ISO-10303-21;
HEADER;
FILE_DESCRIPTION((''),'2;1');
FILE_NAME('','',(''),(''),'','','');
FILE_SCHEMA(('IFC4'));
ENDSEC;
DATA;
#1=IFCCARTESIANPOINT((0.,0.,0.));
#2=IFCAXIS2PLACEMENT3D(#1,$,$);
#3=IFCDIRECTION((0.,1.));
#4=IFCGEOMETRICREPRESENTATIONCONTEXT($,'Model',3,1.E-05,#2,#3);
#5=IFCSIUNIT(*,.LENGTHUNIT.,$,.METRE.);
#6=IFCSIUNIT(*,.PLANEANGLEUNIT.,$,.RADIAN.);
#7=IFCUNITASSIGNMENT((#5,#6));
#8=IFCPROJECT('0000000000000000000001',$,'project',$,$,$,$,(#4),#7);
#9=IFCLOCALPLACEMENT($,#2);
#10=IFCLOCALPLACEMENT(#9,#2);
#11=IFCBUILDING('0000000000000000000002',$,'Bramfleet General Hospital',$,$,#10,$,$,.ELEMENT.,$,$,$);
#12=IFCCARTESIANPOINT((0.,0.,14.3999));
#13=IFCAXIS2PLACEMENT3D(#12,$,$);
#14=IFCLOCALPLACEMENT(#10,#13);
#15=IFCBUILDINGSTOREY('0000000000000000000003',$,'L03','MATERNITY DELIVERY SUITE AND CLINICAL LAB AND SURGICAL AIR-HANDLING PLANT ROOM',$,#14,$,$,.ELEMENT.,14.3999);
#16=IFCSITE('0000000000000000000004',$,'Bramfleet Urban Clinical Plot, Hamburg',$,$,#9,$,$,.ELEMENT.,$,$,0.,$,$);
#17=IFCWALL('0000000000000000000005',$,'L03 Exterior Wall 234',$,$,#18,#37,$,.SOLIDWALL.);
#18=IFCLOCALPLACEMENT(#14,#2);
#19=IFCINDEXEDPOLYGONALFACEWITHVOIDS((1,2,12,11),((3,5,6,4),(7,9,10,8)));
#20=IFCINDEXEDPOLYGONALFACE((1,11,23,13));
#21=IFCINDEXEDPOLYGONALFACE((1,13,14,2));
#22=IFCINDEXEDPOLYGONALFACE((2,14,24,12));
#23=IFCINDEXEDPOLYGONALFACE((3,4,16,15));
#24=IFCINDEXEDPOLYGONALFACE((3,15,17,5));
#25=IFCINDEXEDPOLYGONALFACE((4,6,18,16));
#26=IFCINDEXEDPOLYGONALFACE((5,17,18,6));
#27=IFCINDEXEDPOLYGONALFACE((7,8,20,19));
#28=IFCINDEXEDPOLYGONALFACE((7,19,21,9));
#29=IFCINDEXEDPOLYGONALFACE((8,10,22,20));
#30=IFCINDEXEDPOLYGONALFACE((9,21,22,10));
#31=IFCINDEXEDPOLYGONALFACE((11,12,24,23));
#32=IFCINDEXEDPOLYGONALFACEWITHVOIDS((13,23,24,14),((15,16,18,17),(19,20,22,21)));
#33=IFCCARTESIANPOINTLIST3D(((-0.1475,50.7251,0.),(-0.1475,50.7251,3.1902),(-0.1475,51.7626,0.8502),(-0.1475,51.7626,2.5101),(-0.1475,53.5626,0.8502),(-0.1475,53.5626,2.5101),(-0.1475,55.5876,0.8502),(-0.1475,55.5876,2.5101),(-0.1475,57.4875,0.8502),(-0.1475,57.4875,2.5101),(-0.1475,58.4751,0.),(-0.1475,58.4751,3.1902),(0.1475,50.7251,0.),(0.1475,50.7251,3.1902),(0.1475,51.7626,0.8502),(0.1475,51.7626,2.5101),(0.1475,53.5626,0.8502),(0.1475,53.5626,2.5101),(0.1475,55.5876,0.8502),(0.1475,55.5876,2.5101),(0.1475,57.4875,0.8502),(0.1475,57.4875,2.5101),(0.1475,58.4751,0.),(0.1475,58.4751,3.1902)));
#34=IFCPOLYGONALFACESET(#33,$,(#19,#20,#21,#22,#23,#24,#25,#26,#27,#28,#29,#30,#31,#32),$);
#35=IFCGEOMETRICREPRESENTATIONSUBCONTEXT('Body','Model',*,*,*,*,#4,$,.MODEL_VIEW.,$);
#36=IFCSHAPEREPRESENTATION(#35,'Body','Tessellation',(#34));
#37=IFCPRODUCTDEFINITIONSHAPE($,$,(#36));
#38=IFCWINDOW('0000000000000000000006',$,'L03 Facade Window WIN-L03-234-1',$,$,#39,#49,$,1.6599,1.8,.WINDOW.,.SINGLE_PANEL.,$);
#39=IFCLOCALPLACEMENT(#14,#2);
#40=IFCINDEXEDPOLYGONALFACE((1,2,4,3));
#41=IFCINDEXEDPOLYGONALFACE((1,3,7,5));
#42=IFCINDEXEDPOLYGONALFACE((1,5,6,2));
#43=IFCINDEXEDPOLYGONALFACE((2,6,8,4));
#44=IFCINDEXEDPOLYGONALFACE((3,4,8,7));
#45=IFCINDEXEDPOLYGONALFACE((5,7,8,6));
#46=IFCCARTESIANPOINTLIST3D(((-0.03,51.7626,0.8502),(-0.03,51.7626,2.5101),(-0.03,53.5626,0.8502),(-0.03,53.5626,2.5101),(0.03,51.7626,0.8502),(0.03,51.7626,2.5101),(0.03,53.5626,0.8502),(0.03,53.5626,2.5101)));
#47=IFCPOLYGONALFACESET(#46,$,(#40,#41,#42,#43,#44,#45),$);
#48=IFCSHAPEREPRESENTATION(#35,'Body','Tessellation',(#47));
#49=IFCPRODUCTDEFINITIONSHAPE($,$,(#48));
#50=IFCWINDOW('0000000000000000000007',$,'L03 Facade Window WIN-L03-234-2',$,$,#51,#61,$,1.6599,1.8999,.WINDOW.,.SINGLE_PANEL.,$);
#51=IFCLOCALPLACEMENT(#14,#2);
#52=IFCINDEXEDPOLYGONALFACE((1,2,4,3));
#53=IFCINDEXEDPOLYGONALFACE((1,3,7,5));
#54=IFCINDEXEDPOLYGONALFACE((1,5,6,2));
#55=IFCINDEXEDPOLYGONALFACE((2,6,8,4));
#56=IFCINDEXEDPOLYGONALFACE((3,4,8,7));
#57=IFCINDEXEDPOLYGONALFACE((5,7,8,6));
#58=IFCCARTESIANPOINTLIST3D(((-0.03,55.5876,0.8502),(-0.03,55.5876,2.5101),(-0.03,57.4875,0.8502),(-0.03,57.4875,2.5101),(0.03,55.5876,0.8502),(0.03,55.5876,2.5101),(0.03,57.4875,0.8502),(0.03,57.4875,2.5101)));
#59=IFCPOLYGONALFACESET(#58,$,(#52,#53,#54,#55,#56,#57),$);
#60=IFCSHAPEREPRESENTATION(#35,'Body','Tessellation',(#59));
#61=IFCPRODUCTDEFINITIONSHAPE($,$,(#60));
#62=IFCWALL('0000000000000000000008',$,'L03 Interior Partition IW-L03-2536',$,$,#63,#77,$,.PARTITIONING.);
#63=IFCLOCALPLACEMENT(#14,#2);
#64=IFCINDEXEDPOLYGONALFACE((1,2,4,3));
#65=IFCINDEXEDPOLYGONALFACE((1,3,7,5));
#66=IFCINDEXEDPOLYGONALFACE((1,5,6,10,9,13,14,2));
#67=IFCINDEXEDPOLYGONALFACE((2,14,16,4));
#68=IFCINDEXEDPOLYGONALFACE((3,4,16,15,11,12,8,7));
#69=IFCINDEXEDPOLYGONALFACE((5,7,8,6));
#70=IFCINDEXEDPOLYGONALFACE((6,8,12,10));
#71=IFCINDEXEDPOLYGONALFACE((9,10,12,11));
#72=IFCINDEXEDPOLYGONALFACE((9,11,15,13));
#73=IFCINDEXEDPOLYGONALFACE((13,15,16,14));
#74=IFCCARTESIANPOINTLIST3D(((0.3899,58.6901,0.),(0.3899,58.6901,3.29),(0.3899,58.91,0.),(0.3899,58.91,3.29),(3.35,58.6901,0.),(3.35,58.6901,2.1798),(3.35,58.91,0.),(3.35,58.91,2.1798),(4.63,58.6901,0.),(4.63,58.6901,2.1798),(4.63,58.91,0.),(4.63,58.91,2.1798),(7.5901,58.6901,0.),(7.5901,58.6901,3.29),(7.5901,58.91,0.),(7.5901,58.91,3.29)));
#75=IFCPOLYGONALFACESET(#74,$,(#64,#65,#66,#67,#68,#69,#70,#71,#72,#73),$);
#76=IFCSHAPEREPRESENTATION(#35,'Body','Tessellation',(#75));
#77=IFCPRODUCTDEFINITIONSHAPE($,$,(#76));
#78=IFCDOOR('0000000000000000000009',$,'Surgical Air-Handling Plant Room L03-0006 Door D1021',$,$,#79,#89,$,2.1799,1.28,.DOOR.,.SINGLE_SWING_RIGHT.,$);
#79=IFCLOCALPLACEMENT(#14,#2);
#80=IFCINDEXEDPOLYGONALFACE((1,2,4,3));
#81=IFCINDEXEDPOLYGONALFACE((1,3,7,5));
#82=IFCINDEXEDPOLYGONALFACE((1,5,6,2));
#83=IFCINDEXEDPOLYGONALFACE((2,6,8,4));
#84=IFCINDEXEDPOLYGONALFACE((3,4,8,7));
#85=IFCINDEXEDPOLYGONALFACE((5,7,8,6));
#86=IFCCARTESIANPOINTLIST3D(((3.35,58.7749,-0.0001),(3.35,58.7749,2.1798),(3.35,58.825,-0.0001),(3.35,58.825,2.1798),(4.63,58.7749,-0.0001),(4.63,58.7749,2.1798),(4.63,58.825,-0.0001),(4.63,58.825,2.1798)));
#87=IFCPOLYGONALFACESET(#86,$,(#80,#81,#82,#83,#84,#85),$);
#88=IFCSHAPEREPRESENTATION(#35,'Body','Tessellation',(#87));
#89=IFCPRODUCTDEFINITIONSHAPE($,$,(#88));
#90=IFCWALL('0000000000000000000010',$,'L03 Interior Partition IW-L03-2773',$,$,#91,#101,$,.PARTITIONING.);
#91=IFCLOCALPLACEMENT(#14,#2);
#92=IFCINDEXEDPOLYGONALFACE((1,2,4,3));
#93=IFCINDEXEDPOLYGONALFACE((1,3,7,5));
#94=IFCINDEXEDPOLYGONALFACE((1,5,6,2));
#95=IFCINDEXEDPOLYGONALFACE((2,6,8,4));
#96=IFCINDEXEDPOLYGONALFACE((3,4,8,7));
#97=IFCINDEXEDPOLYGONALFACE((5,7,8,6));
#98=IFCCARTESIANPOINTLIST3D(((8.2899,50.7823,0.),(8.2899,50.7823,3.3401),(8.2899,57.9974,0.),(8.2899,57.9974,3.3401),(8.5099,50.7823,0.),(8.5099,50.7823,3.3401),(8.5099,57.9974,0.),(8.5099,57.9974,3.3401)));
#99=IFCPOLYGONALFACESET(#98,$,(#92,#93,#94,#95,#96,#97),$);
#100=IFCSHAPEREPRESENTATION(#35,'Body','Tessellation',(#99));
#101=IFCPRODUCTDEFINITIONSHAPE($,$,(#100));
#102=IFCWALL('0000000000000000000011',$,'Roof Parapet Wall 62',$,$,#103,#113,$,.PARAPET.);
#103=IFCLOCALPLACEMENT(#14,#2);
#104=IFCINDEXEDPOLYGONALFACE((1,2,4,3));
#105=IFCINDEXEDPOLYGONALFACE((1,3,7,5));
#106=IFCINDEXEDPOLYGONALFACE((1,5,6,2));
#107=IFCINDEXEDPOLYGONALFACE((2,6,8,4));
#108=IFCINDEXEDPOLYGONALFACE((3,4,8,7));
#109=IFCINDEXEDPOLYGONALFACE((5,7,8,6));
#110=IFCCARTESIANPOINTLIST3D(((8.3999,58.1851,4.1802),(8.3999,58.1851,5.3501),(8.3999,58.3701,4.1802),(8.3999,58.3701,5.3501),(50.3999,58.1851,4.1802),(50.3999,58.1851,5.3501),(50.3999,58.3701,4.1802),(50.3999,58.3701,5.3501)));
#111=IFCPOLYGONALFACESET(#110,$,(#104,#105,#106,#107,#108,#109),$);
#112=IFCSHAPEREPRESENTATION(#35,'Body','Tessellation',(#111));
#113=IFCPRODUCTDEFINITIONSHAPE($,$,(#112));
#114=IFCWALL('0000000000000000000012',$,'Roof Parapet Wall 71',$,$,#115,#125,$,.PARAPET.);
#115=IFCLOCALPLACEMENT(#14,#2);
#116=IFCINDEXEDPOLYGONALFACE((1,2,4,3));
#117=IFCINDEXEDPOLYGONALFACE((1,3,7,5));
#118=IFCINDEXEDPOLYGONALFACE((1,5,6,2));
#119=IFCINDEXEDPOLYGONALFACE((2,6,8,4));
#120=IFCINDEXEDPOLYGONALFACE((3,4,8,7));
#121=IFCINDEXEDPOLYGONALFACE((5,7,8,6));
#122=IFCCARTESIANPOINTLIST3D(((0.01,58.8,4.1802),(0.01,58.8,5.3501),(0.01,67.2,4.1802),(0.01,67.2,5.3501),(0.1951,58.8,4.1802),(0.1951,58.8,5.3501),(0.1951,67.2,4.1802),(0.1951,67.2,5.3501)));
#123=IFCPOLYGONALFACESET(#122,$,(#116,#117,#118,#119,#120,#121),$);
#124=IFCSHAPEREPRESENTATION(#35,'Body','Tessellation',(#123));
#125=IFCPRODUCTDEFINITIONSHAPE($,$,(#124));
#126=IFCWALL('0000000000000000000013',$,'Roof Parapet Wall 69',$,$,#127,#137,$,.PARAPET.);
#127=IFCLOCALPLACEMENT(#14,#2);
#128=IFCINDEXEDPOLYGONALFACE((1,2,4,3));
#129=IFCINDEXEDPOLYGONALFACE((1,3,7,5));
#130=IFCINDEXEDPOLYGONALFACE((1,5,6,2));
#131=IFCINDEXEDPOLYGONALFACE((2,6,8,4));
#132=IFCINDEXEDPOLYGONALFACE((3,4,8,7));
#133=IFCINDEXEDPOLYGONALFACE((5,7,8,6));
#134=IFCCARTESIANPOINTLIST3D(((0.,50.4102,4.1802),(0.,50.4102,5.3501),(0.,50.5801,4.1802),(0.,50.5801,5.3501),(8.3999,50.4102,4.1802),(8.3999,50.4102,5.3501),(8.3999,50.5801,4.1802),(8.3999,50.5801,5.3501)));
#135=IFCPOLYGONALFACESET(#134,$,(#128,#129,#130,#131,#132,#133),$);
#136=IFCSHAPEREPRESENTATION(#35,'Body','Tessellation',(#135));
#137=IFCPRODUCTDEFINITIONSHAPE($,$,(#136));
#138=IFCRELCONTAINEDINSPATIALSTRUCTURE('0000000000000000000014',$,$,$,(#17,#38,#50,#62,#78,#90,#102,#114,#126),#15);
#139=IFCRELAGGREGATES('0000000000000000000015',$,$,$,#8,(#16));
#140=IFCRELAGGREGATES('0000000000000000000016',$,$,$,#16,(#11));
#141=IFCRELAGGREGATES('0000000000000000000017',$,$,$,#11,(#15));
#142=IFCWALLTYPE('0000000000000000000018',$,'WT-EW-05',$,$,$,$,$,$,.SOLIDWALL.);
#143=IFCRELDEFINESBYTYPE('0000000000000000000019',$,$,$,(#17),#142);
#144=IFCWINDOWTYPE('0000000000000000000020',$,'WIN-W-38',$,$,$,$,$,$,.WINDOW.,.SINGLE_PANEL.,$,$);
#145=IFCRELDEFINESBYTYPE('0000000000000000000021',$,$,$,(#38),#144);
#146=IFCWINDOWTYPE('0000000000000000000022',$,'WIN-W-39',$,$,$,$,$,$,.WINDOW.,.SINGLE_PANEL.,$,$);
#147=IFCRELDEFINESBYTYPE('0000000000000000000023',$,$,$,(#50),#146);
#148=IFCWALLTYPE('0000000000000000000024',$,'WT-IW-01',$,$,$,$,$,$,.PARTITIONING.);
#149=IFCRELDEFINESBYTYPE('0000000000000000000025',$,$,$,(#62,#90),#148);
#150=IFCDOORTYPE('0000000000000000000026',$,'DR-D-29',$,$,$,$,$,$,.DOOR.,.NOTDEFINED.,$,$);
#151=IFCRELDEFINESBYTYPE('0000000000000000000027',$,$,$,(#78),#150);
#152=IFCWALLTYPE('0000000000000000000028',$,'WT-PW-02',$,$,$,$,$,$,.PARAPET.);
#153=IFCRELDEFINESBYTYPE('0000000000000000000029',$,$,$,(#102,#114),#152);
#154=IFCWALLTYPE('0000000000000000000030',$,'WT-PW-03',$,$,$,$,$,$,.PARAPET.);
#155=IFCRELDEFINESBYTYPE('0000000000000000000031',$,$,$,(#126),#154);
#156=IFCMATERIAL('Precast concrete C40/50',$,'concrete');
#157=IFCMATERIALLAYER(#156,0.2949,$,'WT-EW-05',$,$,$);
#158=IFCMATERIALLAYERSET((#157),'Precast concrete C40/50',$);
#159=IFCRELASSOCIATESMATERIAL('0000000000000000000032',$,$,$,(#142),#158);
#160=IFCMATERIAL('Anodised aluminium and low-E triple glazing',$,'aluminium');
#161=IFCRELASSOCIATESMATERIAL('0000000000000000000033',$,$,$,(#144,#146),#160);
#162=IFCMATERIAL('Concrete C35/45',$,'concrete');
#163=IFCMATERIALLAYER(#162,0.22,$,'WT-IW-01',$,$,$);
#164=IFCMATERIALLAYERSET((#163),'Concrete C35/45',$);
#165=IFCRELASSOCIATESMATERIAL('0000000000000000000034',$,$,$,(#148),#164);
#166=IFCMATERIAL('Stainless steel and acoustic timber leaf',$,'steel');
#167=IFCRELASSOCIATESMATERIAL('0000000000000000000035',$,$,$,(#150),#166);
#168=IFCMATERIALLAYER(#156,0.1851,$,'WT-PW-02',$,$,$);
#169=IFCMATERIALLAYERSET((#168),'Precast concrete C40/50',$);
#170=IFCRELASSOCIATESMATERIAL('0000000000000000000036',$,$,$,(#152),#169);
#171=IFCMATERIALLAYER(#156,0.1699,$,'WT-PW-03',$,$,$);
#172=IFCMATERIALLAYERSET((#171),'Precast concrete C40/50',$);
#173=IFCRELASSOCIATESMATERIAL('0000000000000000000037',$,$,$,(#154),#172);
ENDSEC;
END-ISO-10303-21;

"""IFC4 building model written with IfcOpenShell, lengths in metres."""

from ifc_helpers import new_model, si_unit, direction, frame, frame_2d, origin, place, context, subcontext, project, spatial, rectangle, extrude, material, layer, layer_set, type_object, element, fill, save


model = new_model("IFC4")

# Units and contexts
model_context = context("Model", 3, precision=1e-05, world=origin(), true_north=direction((0.0, 1.0)))
body_context = subcontext(model_context, "Body", "Model", "MODEL_VIEW")
ifc_project = project(units=[si_unit("LENGTHUNIT", "METRE"), si_unit("PLANEANGLEUNIT", "RADIAN")], contexts=[model_context])

# Site, building, storey
site_placement = place(None, origin())
site = spatial("IfcSite", under=ifc_project, at=site_placement, Name="Bramfleet Urban Clinical Plot, Hamburg", CompositionType="ELEMENT", RefElevation=0.0)
building_placement = place(site_placement, origin())
building = spatial("IfcBuilding", under=site, at=building_placement, Name="Bramfleet General Hospital", CompositionType="ELEMENT")
storey_placement = place(building_placement, frame((0.0, 0.0, 14.3999)))
storey = spatial("IfcBuildingStorey", under=building, at=storey_placement, Name="L03", Description="MATERNITY DELIVERY SUITE AND CLINICAL LAB AND SURGICAL AIR-HANDLING PLANT ROOM", CompositionType="ELEMENT", Elevation=14.3999)

# Shared definitions
ifc_material_1 = material(Name="Concrete C35/45", Category="concrete")

# Shared definitions
ifc_material_2 = material(Name="Anodised aluminium and low-E triple glazing", Category="aluminium")

# Wall, openings, windows
ifc_material_3 = material(Name="Precast concrete C40/50", Category="concrete")
ifc_layer_1 = layer(ifc_material_3, 0.2949, Name="WT-EW-05")
ifc_layer_set_1 = layer_set([ifc_layer_1], Name="Precast concrete C40/50")
wall_type_1 = type_object("IfcWallType", Name="WT-EW-05", PredefinedType="SOLIDWALL", material=ifc_layer_set_1)
wall_1_placement = place(storey_placement, frame((0.0, 50.7251, 0.0), z_axis=(0.0, 0.0, 1.0), x_axis=(0.0, 1.0, 0.0)))
wall_1 = element("IfcWall", 1, at=wall_1_placement, inside=storey, type_object=wall_type_1, Name="L03 Exterior Wall 234", PredefinedType="SOLIDWALL", context=body_context, shape_type="SweptSolid", body=[
    extrude(rectangle(XDim=7.75, YDim=0.2949, at=frame_2d((3.875, 0.0))), origin(), (0.0, 0.0, 1.0), 3.1902),
])
opening_1_placement = place(wall_1_placement, frame((1.0376, 0.0, 0.8501)))
opening_1 = element("IfcOpeningElement", 2, at=opening_1_placement, cuts=wall_1, PredefinedType="OPENING", context=body_context, shape_type="SweptSolid", body=[
    extrude(rectangle(XDim=1.8, YDim=1.6599, at=frame_2d((0.8999, 0.8301))), frame((0.0, 0.1575, 0.0), z_axis=(0.0, -1.0, 0.0), x_axis=(1.0, 0.0, 0.0)), (0.0, 0.0, 1.0), 0.3149),
])
opening_2_placement = place(wall_1_placement, frame((4.8625, 0.0, 0.8501)))
opening_2 = element("IfcOpeningElement", 3, at=opening_2_placement, cuts=wall_1, PredefinedType="OPENING", context=body_context, shape_type="SweptSolid", body=[
    extrude(rectangle(XDim=1.8999, YDim=1.6599, at=frame_2d((0.95, 0.8301))), frame((0.0, 0.1575, 0.0), z_axis=(0.0, -1.0, 0.0), x_axis=(1.0, 0.0, 0.0)), (0.0, 0.0, 1.0), 0.3149),
])
window_type_1 = type_object("IfcWindowType", Name="WIN-W-38", PartitioningType="SINGLE_PANEL", PredefinedType="WINDOW", material=ifc_material_2)
window_1_placement = place(opening_1_placement, origin())
window_1 = element("IfcWindow", 4, at=window_1_placement, inside=storey, type_object=window_type_1, Name="L03 Facade Window WIN-L03-234-1", OverallHeight=1.6599, OverallWidth=1.8, PartitioningType="SINGLE_PANEL", PredefinedType="WINDOW", context=body_context, shape_type="SweptSolid", body=[
    extrude(rectangle(XDim=1.8, YDim=1.6599, at=frame_2d((0.8999, 0.8301))), frame((0.0, 0.03, 0.0), z_axis=(0.0, -1.0, 0.0), x_axis=(1.0, 0.0, 0.0)), (0.0, 0.0, 1.0), 0.0601),
])
fill(opening_1, window_1)
window_type_2 = type_object("IfcWindowType", Name="WIN-W-39", PartitioningType="SINGLE_PANEL", PredefinedType="WINDOW", material=ifc_material_2)
window_2_placement = place(opening_2_placement, origin())
window_2 = element("IfcWindow", 5, at=window_2_placement, inside=storey, type_object=window_type_2, Name="L03 Facade Window WIN-L03-234-2", OverallHeight=1.6599, OverallWidth=1.8999, PartitioningType="SINGLE_PANEL", PredefinedType="WINDOW", context=body_context, shape_type="SweptSolid", body=[
    extrude(rectangle(XDim=1.8999, YDim=1.6599, at=frame_2d((0.95, 0.8301))), frame((0.0, 0.03, 0.0), z_axis=(0.0, -1.0, 0.0), x_axis=(1.0, 0.0, 0.0)), (0.0, 0.0, 1.0), 0.0601),
])
fill(opening_2, window_2)

# Wall, opening, door
ifc_layer_2 = layer(ifc_material_1, 0.22, Name="WT-IW-01")
ifc_layer_set_2 = layer_set([ifc_layer_2], Name="Concrete C35/45")
wall_type_2 = type_object("IfcWallType", Name="WT-IW-01", PredefinedType="PARTITIONING", material=ifc_layer_set_2)
wall_2_placement = place(storey_placement, frame((0.3899, 58.8, 0.0), z_axis=(0.0, 0.0, 1.0), x_axis=(1.0, 0.0, 0.0)))
wall_2 = element("IfcWall", 6, at=wall_2_placement, inside=storey, type_object=wall_type_2, Name="L03 Interior Partition IW-L03-2536", PredefinedType="PARTITIONING", context=body_context, shape_type="SweptSolid", body=[
    extrude(rectangle(XDim=7.2002, YDim=0.22, at=frame_2d((3.6001, 0.0))), origin(), (0.0, 0.0, 1.0), 3.29),
])
opening_3_placement = place(wall_2_placement, frame((2.96, 0.0, 0.0)))
opening_3 = element("IfcOpeningElement", 7, at=opening_3_placement, cuts=wall_2, PredefinedType="OPENING", context=body_context, shape_type="SweptSolid", body=[
    extrude(rectangle(XDim=1.28, YDim=2.1799, at=frame_2d((0.6401, 1.0898))), frame((0.0, 0.1199, 0.0), z_axis=(0.0, -1.0, 0.0), x_axis=(1.0, 0.0, 0.0)), (0.0, 0.0, 1.0), 0.24),
])
ifc_material_4 = material(Name="Stainless steel and acoustic timber leaf", Category="steel")
door_type = type_object("IfcDoorType", Name="DR-D-29", OperationType="NOTDEFINED", PredefinedType="DOOR", material=ifc_material_4)
door_placement = place(opening_3_placement, origin())
door = element("IfcDoor", 8, at=door_placement, inside=storey, type_object=door_type, Name="Surgical Air-Handling Plant Room L03-0006 Door D1021", OperationType="SINGLE_SWING_RIGHT", OverallHeight=2.1799, OverallWidth=1.28, PredefinedType="DOOR", context=body_context, shape_type="SweptSolid", body=[
    extrude(rectangle(XDim=1.28, YDim=2.1799, at=frame_2d((0.6401, 1.0898))), frame((0.0, 0.0249, 0.0), z_axis=(0.0, -1.0, 0.0), x_axis=(1.0, 0.0, 0.0)), (0.0, 0.0, 1.0), 0.05),
])
fill(opening_3, door)

# Walls
wall_3_placement = place(storey_placement, frame((8.3999, 50.7825, 0.0), z_axis=(0.0, 0.0, 1.0), x_axis=(0.0, 1.0, 0.0)))
element("IfcWall", 9, at=wall_3_placement, inside=storey, type_object=wall_type_2, Name="L03 Interior Partition IW-L03-2773", PredefinedType="PARTITIONING", context=body_context, shape_type="SweptSolid", body=[
    extrude(rectangle(XDim=7.2151, YDim=0.22, at=frame_2d((3.6074, 0.0))), origin(), (0.0, 0.0, 1.0), 3.3401),
])
ifc_layer_3 = layer(ifc_material_3, 0.1851, Name="WT-PW-02")
ifc_layer_set_3 = layer_set([ifc_layer_3], Name="Precast concrete C40/50")
wall_type_3 = type_object("IfcWallType", Name="WT-PW-02", PredefinedType="PARAPET", material=ifc_layer_set_3)
wall_4_placement = place(storey_placement, frame((8.3999, 58.2776, 4.1802), z_axis=(0.0, 0.0, 1.0), x_axis=(1.0, 0.0, 0.0)))
element("IfcWall", 10, at=wall_4_placement, inside=storey, type_object=wall_type_3, Name="Roof Parapet Wall 62", PredefinedType="PARAPET", context=body_context, shape_type="SweptSolid", body=[
    extrude(rectangle(XDim=42.0, YDim=0.1851, at=frame_2d((21.0, 0.0))), origin(), (0.0, 0.0, 1.0), 1.1699),
])
wall_5_placement = place(storey_placement, frame((0.1025, 58.8, 4.1802), z_axis=(0.0, 0.0, 1.0), x_axis=(0.0, 1.0, 0.0)))
element("IfcWall", 11, at=wall_5_placement, inside=storey, type_object=wall_type_3, Name="Roof Parapet Wall 71", PredefinedType="PARAPET", context=body_context, shape_type="SweptSolid", body=[
    extrude(rectangle(XDim=8.3999, YDim=0.1851, at=frame_2d((4.2, 0.0))), origin(), (0.0, 0.0, 1.0), 1.1699),
])
ifc_layer_4 = layer(ifc_material_3, 0.1699, Name="WT-PW-03")
ifc_layer_set_4 = layer_set([ifc_layer_4], Name="Precast concrete C40/50")
wall_type_4 = type_object("IfcWallType", Name="WT-PW-03", PredefinedType="PARAPET", material=ifc_layer_set_4)
wall_6_placement = place(storey_placement, frame((8.3999, 50.4951, 4.1802), z_axis=(0.0, 0.0, 1.0), x_axis=(-1.0, 0.0, 0.0)))
element("IfcWall", 12, at=wall_6_placement, inside=storey, type_object=wall_type_4, Name="Roof Parapet Wall 69", PredefinedType="PARAPET", context=body_context, shape_type="SweptSolid", body=[
    extrude(rectangle(XDim=8.3999, YDim=0.1699, at=frame_2d((4.2, 0.0))), origin(), (0.0, 0.0, 1.0), 1.1699),
])

save(model, "model.ifc")
